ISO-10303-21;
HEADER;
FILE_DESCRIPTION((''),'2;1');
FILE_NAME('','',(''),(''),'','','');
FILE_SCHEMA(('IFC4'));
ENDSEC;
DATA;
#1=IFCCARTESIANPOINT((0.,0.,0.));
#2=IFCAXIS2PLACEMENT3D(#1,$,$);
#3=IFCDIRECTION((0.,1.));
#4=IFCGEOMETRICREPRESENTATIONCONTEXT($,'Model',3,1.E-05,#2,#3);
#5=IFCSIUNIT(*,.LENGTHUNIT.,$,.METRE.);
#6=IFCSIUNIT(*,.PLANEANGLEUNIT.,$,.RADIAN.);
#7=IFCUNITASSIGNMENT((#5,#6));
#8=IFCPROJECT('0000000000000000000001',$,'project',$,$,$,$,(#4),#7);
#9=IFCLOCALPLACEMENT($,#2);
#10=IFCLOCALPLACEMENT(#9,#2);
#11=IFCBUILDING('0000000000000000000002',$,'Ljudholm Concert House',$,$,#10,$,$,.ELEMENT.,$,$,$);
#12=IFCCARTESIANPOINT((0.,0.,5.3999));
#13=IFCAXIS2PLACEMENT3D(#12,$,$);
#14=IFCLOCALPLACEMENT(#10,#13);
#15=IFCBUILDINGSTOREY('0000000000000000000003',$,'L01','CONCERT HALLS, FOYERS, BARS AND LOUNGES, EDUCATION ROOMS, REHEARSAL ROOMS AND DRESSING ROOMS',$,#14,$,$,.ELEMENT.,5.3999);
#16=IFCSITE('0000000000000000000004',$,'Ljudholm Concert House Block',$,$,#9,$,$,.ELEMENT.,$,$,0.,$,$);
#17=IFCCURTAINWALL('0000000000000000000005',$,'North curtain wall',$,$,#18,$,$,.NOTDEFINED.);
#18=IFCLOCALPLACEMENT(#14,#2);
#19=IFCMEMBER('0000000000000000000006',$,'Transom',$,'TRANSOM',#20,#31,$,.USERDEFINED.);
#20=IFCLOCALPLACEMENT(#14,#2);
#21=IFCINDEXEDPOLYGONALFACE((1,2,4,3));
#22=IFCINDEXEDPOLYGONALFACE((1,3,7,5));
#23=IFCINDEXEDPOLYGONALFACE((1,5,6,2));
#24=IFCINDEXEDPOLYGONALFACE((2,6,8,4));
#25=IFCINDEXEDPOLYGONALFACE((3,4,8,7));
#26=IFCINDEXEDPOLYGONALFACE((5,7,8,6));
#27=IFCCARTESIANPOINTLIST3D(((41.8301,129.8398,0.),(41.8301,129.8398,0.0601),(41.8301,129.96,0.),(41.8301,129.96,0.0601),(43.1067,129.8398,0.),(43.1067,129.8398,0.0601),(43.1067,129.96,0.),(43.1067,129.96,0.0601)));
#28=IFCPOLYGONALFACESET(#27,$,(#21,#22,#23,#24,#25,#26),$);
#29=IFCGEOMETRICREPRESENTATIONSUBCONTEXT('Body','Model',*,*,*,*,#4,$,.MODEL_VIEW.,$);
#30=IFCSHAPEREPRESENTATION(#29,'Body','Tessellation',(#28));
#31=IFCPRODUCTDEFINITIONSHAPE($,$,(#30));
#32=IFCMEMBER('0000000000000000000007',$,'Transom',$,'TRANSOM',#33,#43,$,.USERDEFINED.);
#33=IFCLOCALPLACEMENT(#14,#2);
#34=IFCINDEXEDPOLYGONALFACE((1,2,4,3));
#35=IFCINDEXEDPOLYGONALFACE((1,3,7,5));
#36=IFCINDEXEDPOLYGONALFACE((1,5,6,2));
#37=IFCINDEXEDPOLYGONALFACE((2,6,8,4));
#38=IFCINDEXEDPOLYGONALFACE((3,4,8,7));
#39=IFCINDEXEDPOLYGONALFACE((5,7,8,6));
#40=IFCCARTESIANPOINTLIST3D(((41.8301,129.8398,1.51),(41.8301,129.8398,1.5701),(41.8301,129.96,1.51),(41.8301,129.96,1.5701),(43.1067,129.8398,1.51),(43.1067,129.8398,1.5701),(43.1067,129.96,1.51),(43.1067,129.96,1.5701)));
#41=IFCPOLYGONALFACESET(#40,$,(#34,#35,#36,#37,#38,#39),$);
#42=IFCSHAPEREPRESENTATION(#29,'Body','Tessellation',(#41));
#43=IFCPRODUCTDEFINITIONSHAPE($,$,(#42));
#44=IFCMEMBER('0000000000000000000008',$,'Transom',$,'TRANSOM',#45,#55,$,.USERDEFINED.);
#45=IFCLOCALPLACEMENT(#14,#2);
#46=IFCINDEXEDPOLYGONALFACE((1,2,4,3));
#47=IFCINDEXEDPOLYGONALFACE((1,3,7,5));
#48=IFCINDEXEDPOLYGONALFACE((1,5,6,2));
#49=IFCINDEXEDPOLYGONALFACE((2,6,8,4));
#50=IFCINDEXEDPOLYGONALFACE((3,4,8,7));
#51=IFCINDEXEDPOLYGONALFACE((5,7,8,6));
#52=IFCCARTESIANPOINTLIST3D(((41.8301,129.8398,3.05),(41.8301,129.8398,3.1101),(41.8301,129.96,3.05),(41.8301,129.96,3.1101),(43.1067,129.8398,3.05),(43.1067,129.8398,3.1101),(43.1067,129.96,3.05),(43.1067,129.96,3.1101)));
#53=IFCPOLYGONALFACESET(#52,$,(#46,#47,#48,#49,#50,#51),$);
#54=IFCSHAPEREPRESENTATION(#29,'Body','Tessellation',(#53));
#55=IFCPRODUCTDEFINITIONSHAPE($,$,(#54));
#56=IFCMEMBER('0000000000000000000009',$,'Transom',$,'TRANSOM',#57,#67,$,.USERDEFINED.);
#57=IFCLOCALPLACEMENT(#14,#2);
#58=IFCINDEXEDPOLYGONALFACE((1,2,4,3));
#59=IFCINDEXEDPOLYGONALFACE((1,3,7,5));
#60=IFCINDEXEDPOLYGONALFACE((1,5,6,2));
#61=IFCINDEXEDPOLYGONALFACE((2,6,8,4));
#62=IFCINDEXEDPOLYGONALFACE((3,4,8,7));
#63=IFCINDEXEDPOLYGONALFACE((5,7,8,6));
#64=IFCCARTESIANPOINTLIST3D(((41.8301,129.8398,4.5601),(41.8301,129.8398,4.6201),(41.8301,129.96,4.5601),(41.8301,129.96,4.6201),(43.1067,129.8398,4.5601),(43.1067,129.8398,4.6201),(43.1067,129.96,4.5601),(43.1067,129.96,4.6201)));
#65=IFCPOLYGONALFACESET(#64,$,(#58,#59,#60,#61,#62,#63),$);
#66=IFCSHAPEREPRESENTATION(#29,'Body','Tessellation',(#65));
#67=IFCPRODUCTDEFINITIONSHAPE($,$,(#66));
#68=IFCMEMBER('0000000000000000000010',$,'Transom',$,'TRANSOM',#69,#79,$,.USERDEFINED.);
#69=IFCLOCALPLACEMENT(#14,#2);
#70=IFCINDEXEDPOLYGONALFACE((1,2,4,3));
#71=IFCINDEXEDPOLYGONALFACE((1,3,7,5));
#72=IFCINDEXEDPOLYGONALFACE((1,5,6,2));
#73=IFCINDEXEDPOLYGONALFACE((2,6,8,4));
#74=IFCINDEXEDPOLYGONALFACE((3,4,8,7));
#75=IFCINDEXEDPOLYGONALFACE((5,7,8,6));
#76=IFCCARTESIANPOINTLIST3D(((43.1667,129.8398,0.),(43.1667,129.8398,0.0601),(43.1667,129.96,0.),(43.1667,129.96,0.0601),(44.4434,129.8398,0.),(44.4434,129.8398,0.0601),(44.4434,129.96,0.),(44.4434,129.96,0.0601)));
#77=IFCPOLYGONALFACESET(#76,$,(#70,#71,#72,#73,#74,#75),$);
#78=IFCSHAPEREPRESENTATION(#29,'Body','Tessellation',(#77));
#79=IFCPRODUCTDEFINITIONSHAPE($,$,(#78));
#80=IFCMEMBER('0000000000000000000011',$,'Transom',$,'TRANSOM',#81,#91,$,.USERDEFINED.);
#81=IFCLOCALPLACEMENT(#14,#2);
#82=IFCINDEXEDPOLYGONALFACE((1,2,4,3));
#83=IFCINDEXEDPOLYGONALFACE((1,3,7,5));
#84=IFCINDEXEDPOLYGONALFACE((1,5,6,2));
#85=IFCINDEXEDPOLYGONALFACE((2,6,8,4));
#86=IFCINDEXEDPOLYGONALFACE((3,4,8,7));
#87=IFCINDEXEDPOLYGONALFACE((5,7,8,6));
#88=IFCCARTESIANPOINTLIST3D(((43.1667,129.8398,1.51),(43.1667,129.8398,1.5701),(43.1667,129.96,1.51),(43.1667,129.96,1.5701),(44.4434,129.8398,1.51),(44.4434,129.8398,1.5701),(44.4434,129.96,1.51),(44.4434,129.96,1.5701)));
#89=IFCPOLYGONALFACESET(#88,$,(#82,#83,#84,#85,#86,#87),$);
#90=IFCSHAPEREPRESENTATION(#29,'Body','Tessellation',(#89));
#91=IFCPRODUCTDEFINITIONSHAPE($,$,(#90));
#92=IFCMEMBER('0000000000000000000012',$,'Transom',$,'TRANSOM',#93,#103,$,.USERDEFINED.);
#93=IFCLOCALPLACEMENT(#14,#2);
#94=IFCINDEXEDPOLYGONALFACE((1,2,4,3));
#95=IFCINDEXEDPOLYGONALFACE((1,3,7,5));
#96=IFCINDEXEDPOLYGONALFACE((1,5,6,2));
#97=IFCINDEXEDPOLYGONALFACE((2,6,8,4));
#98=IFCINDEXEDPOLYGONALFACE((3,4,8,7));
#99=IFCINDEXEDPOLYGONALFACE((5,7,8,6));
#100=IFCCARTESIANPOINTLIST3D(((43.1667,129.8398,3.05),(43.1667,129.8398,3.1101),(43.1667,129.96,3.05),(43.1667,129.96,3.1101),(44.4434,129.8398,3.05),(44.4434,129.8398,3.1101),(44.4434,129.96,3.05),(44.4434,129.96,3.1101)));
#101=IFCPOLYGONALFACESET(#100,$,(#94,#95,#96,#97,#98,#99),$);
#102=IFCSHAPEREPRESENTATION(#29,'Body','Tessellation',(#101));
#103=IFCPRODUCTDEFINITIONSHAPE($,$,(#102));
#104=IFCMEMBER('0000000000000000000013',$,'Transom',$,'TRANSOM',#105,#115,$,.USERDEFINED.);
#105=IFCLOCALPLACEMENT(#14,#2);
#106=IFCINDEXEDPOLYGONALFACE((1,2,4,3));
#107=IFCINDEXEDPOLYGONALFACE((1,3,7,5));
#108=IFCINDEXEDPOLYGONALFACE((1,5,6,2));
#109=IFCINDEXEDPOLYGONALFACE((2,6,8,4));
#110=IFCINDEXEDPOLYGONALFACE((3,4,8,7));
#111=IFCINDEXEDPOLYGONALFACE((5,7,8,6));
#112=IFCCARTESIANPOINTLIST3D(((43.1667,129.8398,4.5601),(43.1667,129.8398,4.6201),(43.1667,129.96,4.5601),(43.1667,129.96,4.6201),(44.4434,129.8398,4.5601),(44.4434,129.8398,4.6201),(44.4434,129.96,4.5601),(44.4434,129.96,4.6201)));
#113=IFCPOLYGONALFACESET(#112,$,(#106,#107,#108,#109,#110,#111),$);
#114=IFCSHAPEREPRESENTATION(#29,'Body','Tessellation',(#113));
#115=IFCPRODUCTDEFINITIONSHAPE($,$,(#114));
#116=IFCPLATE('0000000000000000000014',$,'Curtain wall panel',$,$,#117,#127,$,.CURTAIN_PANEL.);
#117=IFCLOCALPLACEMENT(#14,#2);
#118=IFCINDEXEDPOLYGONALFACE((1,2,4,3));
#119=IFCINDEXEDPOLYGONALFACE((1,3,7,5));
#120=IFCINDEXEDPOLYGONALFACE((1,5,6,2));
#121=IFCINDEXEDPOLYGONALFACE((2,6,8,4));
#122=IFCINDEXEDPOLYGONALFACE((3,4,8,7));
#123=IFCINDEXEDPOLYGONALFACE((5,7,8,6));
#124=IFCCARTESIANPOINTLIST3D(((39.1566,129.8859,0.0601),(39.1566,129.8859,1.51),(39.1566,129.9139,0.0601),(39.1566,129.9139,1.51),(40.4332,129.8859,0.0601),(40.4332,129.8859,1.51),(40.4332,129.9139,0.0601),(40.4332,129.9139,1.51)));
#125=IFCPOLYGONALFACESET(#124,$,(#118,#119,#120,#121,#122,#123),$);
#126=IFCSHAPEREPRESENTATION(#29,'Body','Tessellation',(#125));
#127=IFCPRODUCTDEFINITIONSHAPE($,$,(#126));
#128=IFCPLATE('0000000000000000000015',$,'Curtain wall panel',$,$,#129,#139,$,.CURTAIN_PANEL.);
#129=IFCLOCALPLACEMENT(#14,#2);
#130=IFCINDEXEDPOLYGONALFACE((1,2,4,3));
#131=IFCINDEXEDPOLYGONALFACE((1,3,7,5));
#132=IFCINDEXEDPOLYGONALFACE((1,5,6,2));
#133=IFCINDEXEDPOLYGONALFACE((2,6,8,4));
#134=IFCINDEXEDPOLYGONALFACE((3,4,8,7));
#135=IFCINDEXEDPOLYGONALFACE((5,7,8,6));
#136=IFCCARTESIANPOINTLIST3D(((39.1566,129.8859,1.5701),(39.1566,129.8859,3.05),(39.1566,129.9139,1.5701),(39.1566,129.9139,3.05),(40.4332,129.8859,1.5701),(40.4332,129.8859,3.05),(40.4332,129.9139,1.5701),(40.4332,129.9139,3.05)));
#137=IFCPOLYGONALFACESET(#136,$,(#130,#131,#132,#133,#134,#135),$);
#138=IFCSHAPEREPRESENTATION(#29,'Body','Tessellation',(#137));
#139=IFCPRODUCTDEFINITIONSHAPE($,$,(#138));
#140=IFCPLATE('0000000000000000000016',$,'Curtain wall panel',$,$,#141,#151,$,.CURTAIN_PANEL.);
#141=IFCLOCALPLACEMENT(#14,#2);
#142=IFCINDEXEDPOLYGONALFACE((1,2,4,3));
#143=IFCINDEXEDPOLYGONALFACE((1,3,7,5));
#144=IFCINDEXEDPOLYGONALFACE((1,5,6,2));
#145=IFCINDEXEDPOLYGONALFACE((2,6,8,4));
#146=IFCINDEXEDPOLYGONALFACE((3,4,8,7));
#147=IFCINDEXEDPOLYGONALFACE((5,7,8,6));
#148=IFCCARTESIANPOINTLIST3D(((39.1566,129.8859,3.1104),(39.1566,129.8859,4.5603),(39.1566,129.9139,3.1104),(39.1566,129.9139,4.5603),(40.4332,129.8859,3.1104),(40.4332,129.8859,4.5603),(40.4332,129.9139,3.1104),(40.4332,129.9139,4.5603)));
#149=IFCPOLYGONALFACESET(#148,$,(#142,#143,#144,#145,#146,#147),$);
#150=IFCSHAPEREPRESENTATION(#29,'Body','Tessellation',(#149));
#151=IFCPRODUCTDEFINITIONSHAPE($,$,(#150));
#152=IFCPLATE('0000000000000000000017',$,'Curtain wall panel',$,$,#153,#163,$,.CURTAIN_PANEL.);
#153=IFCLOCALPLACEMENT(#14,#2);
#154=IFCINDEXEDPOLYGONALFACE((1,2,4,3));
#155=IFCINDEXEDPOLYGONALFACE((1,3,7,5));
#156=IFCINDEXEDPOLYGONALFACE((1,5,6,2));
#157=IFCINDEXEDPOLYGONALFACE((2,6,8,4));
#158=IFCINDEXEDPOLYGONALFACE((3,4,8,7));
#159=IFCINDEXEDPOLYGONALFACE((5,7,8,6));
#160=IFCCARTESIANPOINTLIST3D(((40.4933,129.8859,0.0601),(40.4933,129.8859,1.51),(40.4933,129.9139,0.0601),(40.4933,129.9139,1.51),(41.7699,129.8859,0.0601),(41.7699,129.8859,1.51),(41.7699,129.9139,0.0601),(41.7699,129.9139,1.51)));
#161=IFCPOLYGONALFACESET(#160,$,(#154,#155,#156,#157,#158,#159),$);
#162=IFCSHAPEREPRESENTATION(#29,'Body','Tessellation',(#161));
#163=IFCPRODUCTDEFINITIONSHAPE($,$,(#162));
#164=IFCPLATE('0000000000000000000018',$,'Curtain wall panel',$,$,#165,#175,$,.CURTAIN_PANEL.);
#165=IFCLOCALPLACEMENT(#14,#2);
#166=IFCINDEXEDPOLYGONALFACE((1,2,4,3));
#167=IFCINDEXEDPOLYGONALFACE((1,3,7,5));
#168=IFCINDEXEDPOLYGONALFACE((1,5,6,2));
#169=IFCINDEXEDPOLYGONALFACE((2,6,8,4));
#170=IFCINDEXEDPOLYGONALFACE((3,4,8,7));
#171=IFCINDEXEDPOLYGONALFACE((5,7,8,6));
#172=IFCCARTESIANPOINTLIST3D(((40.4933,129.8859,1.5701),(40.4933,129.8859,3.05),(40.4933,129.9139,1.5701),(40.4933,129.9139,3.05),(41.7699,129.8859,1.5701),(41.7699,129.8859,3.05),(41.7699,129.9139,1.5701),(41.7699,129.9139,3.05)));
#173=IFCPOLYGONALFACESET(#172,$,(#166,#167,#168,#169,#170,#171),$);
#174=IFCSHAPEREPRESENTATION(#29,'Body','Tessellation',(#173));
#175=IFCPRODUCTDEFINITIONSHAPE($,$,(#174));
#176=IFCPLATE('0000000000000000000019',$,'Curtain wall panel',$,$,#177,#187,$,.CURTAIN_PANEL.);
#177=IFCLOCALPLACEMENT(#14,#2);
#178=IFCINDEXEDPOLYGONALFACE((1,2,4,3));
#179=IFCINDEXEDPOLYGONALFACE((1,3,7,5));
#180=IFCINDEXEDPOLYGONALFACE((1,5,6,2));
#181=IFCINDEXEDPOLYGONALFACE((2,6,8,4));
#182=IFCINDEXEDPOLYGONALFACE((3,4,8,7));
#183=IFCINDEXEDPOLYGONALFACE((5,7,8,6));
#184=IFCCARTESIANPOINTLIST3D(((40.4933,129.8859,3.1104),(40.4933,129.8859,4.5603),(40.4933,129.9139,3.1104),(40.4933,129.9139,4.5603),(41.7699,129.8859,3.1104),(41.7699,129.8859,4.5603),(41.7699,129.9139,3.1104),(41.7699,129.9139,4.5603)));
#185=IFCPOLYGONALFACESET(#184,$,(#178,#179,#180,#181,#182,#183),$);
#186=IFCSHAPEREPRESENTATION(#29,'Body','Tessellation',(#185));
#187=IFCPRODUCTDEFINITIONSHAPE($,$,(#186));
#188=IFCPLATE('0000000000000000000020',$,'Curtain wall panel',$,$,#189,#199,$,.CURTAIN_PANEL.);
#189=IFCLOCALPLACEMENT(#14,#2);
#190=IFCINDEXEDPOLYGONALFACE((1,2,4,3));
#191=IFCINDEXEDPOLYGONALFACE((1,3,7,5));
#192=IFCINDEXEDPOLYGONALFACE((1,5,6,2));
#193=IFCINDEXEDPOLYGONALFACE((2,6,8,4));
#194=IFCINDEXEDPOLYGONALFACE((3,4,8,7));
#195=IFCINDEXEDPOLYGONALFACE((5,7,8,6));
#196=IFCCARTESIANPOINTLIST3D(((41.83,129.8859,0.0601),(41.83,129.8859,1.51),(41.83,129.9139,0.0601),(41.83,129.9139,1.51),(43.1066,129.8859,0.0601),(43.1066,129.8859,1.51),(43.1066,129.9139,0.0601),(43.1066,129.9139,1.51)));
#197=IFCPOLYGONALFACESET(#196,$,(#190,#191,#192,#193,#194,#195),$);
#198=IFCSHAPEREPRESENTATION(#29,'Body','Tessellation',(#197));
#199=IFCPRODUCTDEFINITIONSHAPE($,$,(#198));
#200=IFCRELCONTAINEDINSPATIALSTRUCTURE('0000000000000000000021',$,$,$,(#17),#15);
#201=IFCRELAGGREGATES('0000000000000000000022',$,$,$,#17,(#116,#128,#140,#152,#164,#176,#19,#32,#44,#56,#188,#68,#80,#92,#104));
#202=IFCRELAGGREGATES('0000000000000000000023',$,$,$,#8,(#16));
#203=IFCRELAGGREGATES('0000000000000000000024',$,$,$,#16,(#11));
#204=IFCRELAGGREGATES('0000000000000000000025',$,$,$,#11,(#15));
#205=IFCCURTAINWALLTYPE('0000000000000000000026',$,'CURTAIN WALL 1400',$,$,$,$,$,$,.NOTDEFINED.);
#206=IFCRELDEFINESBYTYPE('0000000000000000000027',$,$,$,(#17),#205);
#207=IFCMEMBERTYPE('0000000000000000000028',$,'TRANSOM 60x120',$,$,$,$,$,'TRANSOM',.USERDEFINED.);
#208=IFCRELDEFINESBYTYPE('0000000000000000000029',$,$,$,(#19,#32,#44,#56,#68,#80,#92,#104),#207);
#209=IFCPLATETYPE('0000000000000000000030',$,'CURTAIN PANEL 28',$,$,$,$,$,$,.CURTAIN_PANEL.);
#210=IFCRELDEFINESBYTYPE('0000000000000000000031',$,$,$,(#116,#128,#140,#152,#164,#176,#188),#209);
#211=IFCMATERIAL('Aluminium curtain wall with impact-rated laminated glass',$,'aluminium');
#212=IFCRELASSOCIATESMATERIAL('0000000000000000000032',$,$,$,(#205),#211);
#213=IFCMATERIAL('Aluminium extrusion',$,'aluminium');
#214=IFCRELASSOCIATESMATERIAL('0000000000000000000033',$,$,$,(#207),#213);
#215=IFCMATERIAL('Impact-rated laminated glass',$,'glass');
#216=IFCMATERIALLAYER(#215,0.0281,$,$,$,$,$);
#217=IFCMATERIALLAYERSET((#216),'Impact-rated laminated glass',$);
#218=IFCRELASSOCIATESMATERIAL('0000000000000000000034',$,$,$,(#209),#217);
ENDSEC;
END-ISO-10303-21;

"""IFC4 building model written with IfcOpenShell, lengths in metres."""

from ifc_helpers import new_model, si_unit, direction, frame, origin, origin_2d, place, context, subcontext, project, spatial, rectangle, extrude, material, layer, layer_set, material_profile, profile_set, type_object, element, aggregate, save


model = new_model("IFC4")

# Units and contexts
model_context = context("Model", 3, precision=1e-05, world=origin(), true_north=direction((0.0, 1.0)))
body_context = subcontext(model_context, "Body", "Model", "MODEL_VIEW")
ifc_project = project(units=[si_unit("LENGTHUNIT", "METRE"), si_unit("PLANEANGLEUNIT", "RADIAN")], contexts=[model_context])

# Site, building, storey
site_placement = place(None, origin())
site = spatial("IfcSite", under=ifc_project, at=site_placement, Name="Ljudholm Concert House Block", CompositionType="ELEMENT", RefElevation=0.0)
building_placement = place(site_placement, origin())
building = spatial("IfcBuilding", under=site, at=building_placement, Name="Ljudholm Concert House", CompositionType="ELEMENT")
storey_placement = place(building_placement, frame((0.0, 0.0, 5.3999)))
storey = spatial("IfcBuildingStorey", under=building, at=storey_placement, Name="L01", Description="CONCERT HALLS, FOYERS, BARS AND LOUNGES, EDUCATION ROOMS, REHEARSAL ROOMS AND DRESSING ROOMS", CompositionType="ELEMENT", Elevation=5.3999)

# Curtain wall
ifc_material_1 = material(Name="Aluminium curtain wall with impact-rated laminated glass", Category="aluminium")
curtain_wall_type = type_object("IfcCurtainWallType", Name="CURTAIN WALL 1400", PredefinedType="NOTDEFINED", material=ifc_material_1)
curtain_wall_placement = place(storey_placement, origin())
curtain_wall = element("IfcCurtainWall", 1, at=curtain_wall_placement, inside=storey, type_object=curtain_wall_type, Name="North curtain wall", PredefinedType="NOTDEFINED")

# Members
ifc_material_2 = material(Name="Aluminium extrusion", Category="aluminium")
ifc_material_profile_1 = material_profile(ifc_material_2, rectangle(XDim=0.1201, YDim=0.0601, at=origin_2d()), Name="TRANSOM 60x120")
ifc_profile_set_1 = profile_set([ifc_material_profile_1], Name="Aluminium extrusion")
member_type_1 = type_object("IfcMemberType", Name="TRANSOM 60x120", ElementType="TRANSOM", PredefinedType="USERDEFINED", material=ifc_profile_set_1)
member_1_placement = place(storey_placement, frame((41.8301, 129.8999, 0.03), z_axis=(1.0, 0.0, 0.0), x_axis=(0.0, 1.0, 0.0)))
member_1 = element("IfcMember", 2, at=member_1_placement, type_object=member_type_1, Name="Transom", ObjectType="TRANSOM", PredefinedType="USERDEFINED", context=body_context, shape_type="SweptSolid", body=[
    extrude(rectangle(XDim=0.1201, YDim=0.0601, at=origin_2d()), origin(), (0.0, 0.0, 1.0), 1.2766),
])
member_2_placement = place(storey_placement, frame((41.8301, 129.8999, 1.54), z_axis=(1.0, 0.0, 0.0), x_axis=(0.0, 1.0, 0.0)))
member_2 = element("IfcMember", 3, at=member_2_placement, type_object=member_type_1, Name="Transom", ObjectType="TRANSOM", PredefinedType="USERDEFINED", context=body_context, shape_type="SweptSolid", body=[
    extrude(rectangle(XDim=0.1201, YDim=0.0601, at=origin_2d()), origin(), (0.0, 0.0, 1.0), 1.2766),
])
member_3_placement = place(storey_placement, frame((41.8301, 129.8999, 3.0801), z_axis=(1.0, 0.0, 0.0), x_axis=(0.0, 1.0, 0.0)))
member_3 = element("IfcMember", 4, at=member_3_placement, type_object=member_type_1, Name="Transom", ObjectType="TRANSOM", PredefinedType="USERDEFINED", context=body_context, shape_type="SweptSolid", body=[
    extrude(rectangle(XDim=0.1201, YDim=0.0601, at=origin_2d()), origin(), (0.0, 0.0, 1.0), 1.2766),
])
member_4_placement = place(storey_placement, frame((41.8301, 129.8999, 4.5901), z_axis=(1.0, 0.0, 0.0), x_axis=(0.0, 1.0, 0.0)))
member_4 = element("IfcMember", 5, at=member_4_placement, type_object=member_type_1, Name="Transom", ObjectType="TRANSOM", PredefinedType="USERDEFINED", context=body_context, shape_type="SweptSolid", body=[
    extrude(rectangle(XDim=0.1201, YDim=0.0601, at=origin_2d()), origin(), (0.0, 0.0, 1.0), 1.2766),
])
member_5_placement = place(storey_placement, frame((43.1667, 129.8999, 0.03), z_axis=(1.0, 0.0, 0.0), x_axis=(0.0, 1.0, 0.0)))
member_5 = element("IfcMember", 6, at=member_5_placement, type_object=member_type_1, Name="Transom", ObjectType="TRANSOM", PredefinedType="USERDEFINED", context=body_context, shape_type="SweptSolid", body=[
    extrude(rectangle(XDim=0.1201, YDim=0.0601, at=origin_2d()), origin(), (0.0, 0.0, 1.0), 1.2766),
])
member_6_placement = place(storey_placement, frame((43.1667, 129.8999, 1.54), z_axis=(1.0, 0.0, 0.0), x_axis=(0.0, 1.0, 0.0)))
member_6 = element("IfcMember", 7, at=member_6_placement, type_object=member_type_1, Name="Transom", ObjectType="TRANSOM", PredefinedType="USERDEFINED", context=body_context, shape_type="SweptSolid", body=[
    extrude(rectangle(XDim=0.1201, YDim=0.0601, at=origin_2d()), origin(), (0.0, 0.0, 1.0), 1.2766),
])
member_7_placement = place(storey_placement, frame((43.1667, 129.8999, 3.0801), z_axis=(1.0, 0.0, 0.0), x_axis=(0.0, 1.0, 0.0)))
member_7 = element("IfcMember", 8, at=member_7_placement, type_object=member_type_1, Name="Transom", ObjectType="TRANSOM", PredefinedType="USERDEFINED", context=body_context, shape_type="SweptSolid", body=[
    extrude(rectangle(XDim=0.1201, YDim=0.0601, at=origin_2d()), origin(), (0.0, 0.0, 1.0), 1.2766),
])
member_8_placement = place(storey_placement, frame((43.1667, 129.8999, 4.5901), z_axis=(1.0, 0.0, 0.0), x_axis=(0.0, 1.0, 0.0)))
member_8 = element("IfcMember", 9, at=member_8_placement, type_object=member_type_1, Name="Transom", ObjectType="TRANSOM", PredefinedType="USERDEFINED", context=body_context, shape_type="SweptSolid", body=[
    extrude(rectangle(XDim=0.1201, YDim=0.0601, at=origin_2d()), origin(), (0.0, 0.0, 1.0), 1.2766),
])

# Plates
ifc_material_3 = material(Name="Impact-rated laminated glass", Category="glass")
ifc_layer = layer(ifc_material_3, 0.0281)
ifc_layer_set = layer_set([ifc_layer], Name="Impact-rated laminated glass")
plate_type = type_object("IfcPlateType", Name="CURTAIN PANEL 28", PredefinedType="CURTAIN_PANEL", material=ifc_layer_set)
plate_1_placement = place(storey_placement, frame((39.7949, 129.8999, 0.0601), z_axis=(0.0, 0.0, 1.0), x_axis=(1.0, 0.0, 0.0)))
plate_1 = element("IfcPlate", 10, at=plate_1_placement, type_object=plate_type, Name="Curtain wall panel", PredefinedType="CURTAIN_PANEL", context=body_context, shape_type="SweptSolid", body=[
    extrude(rectangle(XDim=1.2766, YDim=0.0281, at=origin_2d()), origin(), (0.0, 0.0, 1.0), 1.45),
])
plate_2_placement = place(storey_placement, frame((39.7949, 129.8999, 1.5701), z_axis=(0.0, 0.0, 1.0), x_axis=(1.0, 0.0, 0.0)))
plate_2 = element("IfcPlate", 11, at=plate_2_placement, type_object=plate_type, Name="Curtain wall panel", PredefinedType="CURTAIN_PANEL", context=body_context, shape_type="SweptSolid", body=[
    extrude(rectangle(XDim=1.2766, YDim=0.0281, at=origin_2d()), origin(), (0.0, 0.0, 1.0), 1.48),
])
plate_3_placement = place(storey_placement, frame((39.7949, 129.8999, 3.1104), z_axis=(0.0, 0.0, 1.0), x_axis=(1.0, 0.0, 0.0)))
plate_3 = element("IfcPlate", 12, at=plate_3_placement, type_object=plate_type, Name="Curtain wall panel", PredefinedType="CURTAIN_PANEL", context=body_context, shape_type="SweptSolid", body=[
    extrude(rectangle(XDim=1.2766, YDim=0.0281, at=origin_2d()), origin(), (0.0, 0.0, 1.0), 1.45),
])
plate_4_placement = place(storey_placement, frame((41.1316, 129.8999, 0.0601), z_axis=(0.0, 0.0, 1.0), x_axis=(1.0, 0.0, 0.0)))
plate_4 = element("IfcPlate", 13, at=plate_4_placement, type_object=plate_type, Name="Curtain wall panel", PredefinedType="CURTAIN_PANEL", context=body_context, shape_type="SweptSolid", body=[
    extrude(rectangle(XDim=1.2766, YDim=0.0281, at=origin_2d()), origin(), (0.0, 0.0, 1.0), 1.45),
])
plate_5_placement = place(storey_placement, frame((41.1316, 129.8999, 1.5701), z_axis=(0.0, 0.0, 1.0), x_axis=(1.0, 0.0, 0.0)))
plate_5 = element("IfcPlate", 14, at=plate_5_placement, type_object=plate_type, Name="Curtain wall panel", PredefinedType="CURTAIN_PANEL", context=body_context, shape_type="SweptSolid", body=[
    extrude(rectangle(XDim=1.2766, YDim=0.0281, at=origin_2d()), origin(), (0.0, 0.0, 1.0), 1.48),
])
plate_6_placement = place(storey_placement, frame((41.1316, 129.8999, 3.1104), z_axis=(0.0, 0.0, 1.0), x_axis=(1.0, 0.0, 0.0)))
plate_6 = element("IfcPlate", 15, at=plate_6_placement, type_object=plate_type, Name="Curtain wall panel", PredefinedType="CURTAIN_PANEL", context=body_context, shape_type="SweptSolid", body=[
    extrude(rectangle(XDim=1.2766, YDim=0.0281, at=origin_2d()), origin(), (0.0, 0.0, 1.0), 1.45),
])
plate_7_placement = place(storey_placement, frame((42.4683, 129.8999, 0.0601), z_axis=(0.0, 0.0, 1.0), x_axis=(1.0, 0.0, 0.0)))
plate_7 = element("IfcPlate", 16, at=plate_7_placement, type_object=plate_type, Name="Curtain wall panel", PredefinedType="CURTAIN_PANEL", context=body_context, shape_type="SweptSolid", body=[
    extrude(rectangle(XDim=1.2766, YDim=0.0281, at=origin_2d()), origin(), (0.0, 0.0, 1.0), 1.45),
])
aggregate(curtain_wall, [plate_1, plate_2, plate_3, plate_4, plate_5, plate_6, member_1, member_2, member_3, member_4, plate_7, member_5, member_6, member_7, member_8])

save(model, "model.ifc")
